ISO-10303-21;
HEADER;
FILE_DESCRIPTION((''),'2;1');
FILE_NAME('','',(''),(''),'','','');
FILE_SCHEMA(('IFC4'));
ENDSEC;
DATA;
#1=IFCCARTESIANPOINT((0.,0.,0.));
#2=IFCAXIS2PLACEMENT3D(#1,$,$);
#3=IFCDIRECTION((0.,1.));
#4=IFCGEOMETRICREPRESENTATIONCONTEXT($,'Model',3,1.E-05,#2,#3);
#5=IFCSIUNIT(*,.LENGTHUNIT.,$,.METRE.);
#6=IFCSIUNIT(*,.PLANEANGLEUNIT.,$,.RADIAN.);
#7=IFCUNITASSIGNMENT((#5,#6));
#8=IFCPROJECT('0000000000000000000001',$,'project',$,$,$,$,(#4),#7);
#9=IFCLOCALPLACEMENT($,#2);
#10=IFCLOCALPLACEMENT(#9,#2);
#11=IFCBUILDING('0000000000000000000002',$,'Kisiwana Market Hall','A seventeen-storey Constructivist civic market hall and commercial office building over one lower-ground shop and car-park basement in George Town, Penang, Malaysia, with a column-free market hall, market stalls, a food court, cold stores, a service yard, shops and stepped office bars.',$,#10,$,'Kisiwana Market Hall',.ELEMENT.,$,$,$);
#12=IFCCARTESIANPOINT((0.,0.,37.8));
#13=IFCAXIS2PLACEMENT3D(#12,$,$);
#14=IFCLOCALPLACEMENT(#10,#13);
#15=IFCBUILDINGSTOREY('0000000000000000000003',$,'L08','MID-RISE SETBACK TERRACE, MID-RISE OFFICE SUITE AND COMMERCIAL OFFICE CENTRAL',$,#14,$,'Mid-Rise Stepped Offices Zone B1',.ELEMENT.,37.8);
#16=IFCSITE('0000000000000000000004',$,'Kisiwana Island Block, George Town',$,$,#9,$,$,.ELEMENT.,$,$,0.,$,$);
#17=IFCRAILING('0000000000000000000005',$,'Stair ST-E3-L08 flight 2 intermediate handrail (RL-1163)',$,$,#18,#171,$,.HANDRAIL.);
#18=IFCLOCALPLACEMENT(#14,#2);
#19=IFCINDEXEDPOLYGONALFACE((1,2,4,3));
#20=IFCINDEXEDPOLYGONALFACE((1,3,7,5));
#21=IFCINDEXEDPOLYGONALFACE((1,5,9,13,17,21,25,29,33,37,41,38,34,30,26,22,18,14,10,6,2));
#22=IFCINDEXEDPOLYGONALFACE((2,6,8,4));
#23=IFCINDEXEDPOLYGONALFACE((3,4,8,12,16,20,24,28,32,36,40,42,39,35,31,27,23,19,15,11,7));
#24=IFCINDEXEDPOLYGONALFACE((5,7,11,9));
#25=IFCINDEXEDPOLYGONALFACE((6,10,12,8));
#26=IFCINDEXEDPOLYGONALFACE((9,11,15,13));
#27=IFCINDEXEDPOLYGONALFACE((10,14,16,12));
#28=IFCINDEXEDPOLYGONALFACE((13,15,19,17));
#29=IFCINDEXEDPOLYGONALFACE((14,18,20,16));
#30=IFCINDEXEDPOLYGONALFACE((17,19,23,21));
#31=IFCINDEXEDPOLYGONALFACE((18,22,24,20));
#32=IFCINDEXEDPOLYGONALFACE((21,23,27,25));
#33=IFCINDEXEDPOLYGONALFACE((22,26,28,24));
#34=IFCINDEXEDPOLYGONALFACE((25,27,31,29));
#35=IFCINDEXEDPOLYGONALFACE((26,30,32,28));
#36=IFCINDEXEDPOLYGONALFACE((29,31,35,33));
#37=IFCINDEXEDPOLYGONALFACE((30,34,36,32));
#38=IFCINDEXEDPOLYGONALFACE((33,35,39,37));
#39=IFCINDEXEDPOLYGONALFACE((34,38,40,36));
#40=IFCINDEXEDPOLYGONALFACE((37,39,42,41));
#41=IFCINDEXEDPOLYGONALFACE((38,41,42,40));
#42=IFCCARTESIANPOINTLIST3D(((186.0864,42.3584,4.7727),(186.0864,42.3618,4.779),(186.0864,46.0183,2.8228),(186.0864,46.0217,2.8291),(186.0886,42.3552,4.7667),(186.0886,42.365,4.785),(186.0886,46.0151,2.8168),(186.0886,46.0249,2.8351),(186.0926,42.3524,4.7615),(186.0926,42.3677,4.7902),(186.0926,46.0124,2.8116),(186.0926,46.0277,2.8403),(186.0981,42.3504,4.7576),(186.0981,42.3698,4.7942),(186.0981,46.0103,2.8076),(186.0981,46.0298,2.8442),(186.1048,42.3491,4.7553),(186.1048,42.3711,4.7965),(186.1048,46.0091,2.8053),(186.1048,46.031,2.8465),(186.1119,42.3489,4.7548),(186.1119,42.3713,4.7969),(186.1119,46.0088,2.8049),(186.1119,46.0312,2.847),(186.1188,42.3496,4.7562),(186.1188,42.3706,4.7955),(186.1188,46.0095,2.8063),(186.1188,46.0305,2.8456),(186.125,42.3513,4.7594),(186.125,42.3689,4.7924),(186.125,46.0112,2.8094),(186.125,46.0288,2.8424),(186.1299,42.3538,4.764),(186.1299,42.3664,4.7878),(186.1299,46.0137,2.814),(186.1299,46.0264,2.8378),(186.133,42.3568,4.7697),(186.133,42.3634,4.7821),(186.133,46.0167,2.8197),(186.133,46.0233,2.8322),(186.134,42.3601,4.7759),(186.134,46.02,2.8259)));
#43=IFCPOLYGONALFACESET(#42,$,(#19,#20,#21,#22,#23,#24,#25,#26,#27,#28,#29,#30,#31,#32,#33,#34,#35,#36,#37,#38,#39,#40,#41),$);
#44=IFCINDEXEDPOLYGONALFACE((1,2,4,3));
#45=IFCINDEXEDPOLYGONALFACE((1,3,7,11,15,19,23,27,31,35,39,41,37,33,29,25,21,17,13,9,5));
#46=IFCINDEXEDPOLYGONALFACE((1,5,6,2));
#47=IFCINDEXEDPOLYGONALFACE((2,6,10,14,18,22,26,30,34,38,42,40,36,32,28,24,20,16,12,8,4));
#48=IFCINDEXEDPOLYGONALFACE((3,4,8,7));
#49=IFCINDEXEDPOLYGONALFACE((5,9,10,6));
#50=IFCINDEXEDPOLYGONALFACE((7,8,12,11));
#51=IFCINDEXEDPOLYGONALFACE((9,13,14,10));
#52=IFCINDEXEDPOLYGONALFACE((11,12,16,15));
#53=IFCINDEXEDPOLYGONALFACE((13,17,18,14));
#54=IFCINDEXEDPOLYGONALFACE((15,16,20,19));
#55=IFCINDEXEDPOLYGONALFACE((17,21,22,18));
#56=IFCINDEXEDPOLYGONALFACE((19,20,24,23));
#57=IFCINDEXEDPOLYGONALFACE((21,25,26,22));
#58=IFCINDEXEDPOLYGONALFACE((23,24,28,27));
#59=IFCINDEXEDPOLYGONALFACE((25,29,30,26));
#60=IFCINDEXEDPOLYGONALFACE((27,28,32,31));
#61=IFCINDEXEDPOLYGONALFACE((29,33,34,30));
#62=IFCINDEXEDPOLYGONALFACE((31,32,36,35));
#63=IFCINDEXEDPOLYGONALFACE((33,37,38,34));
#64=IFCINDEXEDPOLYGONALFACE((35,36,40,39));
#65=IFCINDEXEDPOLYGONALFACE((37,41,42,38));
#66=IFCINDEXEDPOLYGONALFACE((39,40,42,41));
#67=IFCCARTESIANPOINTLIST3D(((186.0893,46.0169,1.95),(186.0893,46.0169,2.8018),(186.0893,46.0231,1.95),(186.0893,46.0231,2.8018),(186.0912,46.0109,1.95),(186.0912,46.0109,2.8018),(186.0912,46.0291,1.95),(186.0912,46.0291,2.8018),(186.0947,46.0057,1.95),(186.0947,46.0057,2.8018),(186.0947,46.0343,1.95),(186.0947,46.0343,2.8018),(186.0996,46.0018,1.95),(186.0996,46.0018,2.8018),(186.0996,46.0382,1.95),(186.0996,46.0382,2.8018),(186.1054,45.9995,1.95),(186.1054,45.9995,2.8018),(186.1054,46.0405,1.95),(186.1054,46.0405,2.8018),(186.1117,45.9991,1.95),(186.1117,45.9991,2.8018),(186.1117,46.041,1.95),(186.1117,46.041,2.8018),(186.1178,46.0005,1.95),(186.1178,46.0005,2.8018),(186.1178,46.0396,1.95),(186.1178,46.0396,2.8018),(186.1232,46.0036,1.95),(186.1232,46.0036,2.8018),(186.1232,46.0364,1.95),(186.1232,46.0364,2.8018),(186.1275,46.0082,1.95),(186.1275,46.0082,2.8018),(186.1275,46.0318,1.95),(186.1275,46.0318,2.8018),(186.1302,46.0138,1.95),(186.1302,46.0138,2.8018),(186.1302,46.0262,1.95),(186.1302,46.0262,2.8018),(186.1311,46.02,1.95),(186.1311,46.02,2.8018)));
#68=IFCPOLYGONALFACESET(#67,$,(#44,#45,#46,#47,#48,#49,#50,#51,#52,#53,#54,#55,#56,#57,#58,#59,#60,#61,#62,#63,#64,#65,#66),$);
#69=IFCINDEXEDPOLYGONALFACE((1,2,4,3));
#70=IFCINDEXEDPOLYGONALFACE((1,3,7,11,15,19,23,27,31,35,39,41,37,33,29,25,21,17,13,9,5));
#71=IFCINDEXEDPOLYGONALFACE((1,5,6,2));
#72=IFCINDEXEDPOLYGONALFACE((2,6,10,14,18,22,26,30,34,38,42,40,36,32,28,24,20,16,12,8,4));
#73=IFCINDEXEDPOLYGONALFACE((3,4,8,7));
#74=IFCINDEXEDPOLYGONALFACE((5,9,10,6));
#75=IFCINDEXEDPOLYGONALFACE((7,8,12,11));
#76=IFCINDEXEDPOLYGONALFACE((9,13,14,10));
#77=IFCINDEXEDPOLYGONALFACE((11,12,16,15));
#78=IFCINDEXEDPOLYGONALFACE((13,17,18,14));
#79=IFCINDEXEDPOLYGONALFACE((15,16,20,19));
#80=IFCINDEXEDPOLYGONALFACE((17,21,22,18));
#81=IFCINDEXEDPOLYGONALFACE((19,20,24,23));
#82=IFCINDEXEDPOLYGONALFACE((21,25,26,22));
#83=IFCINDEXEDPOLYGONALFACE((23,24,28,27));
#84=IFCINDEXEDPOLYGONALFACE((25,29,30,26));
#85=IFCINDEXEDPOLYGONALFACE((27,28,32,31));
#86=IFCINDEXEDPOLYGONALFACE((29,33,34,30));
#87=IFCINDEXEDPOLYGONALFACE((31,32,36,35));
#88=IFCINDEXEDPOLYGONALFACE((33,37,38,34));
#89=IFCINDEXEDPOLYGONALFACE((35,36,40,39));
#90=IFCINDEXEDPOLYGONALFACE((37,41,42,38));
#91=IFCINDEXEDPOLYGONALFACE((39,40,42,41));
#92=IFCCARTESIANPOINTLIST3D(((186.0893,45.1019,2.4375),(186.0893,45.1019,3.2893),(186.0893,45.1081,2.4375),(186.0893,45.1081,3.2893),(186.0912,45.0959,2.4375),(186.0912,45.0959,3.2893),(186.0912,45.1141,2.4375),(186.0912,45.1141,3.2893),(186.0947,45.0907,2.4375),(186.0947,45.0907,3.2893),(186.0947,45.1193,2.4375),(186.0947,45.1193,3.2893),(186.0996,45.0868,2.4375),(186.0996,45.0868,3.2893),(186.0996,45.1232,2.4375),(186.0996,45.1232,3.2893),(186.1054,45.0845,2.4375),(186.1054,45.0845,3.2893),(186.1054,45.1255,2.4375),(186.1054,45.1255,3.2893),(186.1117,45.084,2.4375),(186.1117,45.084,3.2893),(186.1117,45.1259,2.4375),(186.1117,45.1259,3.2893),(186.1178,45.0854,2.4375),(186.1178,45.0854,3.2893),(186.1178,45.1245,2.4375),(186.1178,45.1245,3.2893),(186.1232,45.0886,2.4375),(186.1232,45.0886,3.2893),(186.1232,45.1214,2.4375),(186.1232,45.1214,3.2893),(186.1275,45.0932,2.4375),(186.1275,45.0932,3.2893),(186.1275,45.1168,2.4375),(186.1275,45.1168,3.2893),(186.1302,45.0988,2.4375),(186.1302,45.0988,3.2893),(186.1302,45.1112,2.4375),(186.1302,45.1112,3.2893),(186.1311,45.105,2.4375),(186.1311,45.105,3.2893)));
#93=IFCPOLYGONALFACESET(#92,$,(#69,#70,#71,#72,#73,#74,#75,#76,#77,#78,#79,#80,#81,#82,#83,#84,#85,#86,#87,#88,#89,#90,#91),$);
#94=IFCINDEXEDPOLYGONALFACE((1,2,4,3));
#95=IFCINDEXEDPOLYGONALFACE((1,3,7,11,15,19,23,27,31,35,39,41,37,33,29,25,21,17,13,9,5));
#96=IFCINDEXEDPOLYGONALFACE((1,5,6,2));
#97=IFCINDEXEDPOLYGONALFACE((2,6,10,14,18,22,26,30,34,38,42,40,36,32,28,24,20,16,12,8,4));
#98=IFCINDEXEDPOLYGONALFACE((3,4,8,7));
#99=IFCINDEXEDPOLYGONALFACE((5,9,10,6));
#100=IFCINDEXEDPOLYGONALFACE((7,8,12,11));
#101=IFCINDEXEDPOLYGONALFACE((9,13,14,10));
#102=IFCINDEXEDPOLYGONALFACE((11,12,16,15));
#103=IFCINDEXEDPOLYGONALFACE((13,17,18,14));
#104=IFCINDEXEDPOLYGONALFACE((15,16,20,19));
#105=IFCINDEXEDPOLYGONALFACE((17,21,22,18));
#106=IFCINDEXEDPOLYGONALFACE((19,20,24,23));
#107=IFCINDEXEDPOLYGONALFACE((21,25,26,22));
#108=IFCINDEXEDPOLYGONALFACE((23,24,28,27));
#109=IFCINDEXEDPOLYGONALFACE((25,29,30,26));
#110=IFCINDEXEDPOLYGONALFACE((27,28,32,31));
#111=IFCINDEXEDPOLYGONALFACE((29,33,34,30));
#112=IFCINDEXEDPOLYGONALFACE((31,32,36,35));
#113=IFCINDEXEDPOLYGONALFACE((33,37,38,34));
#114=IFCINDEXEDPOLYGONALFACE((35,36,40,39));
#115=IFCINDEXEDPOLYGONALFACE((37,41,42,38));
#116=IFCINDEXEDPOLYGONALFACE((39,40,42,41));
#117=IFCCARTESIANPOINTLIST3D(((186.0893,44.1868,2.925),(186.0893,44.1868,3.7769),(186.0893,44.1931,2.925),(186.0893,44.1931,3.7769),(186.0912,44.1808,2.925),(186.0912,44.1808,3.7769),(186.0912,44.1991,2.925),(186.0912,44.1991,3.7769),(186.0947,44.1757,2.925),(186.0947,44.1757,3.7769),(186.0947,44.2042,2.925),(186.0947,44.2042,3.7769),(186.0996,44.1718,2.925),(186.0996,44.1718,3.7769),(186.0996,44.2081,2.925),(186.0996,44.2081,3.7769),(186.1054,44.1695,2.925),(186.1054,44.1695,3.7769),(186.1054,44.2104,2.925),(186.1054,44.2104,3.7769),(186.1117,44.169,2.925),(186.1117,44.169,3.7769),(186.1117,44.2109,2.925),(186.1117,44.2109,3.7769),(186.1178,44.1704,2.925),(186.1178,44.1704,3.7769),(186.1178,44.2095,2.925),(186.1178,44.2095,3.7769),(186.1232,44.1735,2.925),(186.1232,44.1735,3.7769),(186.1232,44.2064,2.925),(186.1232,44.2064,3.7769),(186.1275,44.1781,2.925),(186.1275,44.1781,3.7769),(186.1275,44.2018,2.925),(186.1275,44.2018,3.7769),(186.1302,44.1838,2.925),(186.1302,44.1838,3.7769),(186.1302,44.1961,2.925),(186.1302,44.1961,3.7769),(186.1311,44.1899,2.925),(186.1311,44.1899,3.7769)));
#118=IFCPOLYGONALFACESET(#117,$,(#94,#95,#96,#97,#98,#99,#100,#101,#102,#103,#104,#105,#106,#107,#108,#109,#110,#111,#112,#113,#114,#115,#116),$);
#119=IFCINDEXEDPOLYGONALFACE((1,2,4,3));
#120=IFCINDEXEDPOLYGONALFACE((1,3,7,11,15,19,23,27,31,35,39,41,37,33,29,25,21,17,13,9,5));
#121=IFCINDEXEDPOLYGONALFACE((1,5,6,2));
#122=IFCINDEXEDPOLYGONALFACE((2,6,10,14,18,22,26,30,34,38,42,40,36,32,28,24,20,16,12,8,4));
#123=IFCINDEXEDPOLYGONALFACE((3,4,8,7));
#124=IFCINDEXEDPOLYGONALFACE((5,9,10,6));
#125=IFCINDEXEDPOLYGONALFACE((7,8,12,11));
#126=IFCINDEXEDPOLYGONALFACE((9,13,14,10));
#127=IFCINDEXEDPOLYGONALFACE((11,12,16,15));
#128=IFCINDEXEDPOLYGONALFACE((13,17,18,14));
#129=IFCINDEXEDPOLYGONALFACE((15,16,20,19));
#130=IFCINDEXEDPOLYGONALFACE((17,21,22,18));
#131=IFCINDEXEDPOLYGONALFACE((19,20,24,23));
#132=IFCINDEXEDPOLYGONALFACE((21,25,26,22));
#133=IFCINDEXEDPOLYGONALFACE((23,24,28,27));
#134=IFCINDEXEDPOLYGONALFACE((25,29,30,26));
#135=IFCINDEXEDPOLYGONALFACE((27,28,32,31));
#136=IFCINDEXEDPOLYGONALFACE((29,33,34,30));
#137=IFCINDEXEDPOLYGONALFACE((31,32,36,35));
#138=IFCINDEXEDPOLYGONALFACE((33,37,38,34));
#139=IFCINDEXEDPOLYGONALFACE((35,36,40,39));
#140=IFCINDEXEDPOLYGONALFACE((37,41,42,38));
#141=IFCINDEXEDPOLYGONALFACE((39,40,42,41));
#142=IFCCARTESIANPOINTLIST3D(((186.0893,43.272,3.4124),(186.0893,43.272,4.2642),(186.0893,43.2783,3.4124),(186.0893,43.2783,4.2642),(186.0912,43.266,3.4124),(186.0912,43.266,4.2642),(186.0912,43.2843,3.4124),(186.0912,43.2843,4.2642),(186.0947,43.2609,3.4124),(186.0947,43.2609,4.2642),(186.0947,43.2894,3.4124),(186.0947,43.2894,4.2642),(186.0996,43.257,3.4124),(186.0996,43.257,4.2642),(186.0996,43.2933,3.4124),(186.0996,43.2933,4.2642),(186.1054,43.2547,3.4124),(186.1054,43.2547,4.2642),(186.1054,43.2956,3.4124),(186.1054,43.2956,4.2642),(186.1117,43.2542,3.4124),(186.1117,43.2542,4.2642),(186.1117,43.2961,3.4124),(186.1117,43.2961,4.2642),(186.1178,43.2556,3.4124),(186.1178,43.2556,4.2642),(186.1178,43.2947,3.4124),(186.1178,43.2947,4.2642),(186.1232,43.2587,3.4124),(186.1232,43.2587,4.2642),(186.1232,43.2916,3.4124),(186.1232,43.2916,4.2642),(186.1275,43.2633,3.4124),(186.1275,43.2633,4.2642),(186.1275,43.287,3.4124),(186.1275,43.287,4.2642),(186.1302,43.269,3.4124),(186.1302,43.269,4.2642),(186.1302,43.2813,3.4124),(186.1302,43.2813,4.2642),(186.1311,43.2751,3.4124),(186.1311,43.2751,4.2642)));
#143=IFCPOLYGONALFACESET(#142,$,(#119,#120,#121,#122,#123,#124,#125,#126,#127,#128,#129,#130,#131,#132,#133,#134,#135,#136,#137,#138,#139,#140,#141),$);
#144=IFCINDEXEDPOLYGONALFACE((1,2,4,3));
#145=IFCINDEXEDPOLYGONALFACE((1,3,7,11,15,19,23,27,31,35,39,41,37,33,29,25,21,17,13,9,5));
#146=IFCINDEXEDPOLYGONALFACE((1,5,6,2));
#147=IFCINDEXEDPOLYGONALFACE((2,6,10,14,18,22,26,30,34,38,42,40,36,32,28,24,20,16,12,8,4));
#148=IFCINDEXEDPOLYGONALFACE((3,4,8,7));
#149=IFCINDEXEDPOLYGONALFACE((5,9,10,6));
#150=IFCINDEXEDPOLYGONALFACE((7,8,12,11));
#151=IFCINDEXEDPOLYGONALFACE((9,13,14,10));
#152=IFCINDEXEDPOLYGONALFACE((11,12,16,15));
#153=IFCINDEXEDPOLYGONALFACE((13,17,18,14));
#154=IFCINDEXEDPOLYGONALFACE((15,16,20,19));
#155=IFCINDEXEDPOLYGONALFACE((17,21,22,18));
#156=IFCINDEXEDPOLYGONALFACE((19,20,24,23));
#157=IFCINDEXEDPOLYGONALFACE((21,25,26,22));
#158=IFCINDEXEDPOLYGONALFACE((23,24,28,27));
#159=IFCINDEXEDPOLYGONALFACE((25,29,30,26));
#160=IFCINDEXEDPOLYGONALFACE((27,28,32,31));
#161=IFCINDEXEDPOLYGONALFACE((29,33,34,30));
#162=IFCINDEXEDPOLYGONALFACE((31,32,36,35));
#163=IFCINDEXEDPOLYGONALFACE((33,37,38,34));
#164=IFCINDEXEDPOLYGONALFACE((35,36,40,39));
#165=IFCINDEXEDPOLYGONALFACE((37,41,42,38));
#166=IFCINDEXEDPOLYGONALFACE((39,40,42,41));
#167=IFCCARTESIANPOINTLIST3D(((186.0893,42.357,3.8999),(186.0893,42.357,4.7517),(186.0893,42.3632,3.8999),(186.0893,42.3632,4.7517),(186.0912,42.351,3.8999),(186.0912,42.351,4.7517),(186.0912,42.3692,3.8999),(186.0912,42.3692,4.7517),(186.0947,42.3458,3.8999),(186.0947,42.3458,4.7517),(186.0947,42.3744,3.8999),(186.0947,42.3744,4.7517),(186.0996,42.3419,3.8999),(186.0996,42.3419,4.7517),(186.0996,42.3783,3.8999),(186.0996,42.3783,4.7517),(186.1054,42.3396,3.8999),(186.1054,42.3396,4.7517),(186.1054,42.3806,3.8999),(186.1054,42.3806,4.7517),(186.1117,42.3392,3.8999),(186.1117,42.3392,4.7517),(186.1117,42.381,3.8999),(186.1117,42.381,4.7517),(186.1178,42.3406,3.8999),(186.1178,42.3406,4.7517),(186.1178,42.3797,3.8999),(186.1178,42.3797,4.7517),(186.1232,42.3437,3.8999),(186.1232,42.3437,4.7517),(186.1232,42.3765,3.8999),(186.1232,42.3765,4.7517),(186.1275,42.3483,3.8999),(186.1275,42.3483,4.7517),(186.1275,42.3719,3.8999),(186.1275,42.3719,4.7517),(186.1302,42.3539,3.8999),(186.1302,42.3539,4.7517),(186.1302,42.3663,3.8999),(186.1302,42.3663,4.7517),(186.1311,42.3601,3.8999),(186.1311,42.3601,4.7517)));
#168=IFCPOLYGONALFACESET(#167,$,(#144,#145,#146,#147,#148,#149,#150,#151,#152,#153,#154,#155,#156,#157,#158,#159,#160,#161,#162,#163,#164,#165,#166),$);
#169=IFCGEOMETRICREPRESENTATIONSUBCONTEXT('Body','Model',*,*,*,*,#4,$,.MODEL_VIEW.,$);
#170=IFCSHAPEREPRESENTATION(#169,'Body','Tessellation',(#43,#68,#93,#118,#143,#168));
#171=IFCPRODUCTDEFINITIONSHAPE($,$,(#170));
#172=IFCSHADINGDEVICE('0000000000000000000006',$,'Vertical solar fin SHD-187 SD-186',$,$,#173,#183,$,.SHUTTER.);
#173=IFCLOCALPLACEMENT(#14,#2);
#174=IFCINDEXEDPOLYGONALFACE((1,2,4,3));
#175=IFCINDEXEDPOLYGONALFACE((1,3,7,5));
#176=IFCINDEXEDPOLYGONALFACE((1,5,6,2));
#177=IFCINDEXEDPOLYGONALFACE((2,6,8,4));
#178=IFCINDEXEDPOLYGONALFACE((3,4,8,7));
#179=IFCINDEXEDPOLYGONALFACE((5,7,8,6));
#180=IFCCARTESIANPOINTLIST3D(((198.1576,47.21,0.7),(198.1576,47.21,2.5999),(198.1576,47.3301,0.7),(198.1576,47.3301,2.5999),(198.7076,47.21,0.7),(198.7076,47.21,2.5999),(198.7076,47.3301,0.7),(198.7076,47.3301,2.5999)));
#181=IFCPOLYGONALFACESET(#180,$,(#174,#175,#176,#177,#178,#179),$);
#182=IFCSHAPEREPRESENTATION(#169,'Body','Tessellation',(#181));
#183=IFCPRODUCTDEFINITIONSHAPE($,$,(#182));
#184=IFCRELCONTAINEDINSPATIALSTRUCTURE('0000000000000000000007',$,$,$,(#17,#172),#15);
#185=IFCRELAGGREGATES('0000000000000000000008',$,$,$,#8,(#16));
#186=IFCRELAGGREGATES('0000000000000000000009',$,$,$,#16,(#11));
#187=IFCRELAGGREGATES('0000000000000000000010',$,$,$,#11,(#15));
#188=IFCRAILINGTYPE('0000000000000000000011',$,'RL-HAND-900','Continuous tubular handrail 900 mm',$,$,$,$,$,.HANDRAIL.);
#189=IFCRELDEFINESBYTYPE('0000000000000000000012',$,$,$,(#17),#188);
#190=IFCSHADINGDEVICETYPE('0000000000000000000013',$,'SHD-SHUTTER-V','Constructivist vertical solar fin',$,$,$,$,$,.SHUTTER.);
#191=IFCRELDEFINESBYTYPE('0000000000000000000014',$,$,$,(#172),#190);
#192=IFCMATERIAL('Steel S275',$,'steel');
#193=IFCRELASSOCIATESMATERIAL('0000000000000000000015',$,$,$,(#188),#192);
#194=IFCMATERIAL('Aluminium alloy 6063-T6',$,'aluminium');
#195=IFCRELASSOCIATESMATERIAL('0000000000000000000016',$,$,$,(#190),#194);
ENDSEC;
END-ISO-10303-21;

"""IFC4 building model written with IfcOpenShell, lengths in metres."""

from ifc_helpers import new_model, si_unit, direction, frame, origin, origin_2d, place, context, subcontext, project, spatial, rectangle, circle, extrude, material, type_object, element, save


model = new_model("IFC4")

# Units and contexts
model_context = context("Model", 3, precision=1e-05, world=origin(), true_north=direction((0.0, 1.0)))
body_context = subcontext(model_context, "Body", "Model", "MODEL_VIEW")
ifc_project = project(units=[si_unit("LENGTHUNIT", "METRE"), si_unit("PLANEANGLEUNIT", "RADIAN")], contexts=[model_context])

# Site, building, storey
site_placement = place(None, origin())
site = spatial("IfcSite", under=ifc_project, at=site_placement, Name="Kisiwana Island Block, George Town", CompositionType="ELEMENT", RefElevation=0.0)
building_placement = place(site_placement, origin())
building = spatial("IfcBuilding", under=site, at=building_placement, Name="Kisiwana Market Hall", Description="A seventeen-storey Constructivist civic market hall and commercial office building over one lower-ground shop and car-park basement in George Town, Penang, Malaysia, with a column-free market hall, market stalls, a food court, cold stores, a service yard, shops and stepped office bars.", LongName="Kisiwana Market Hall", CompositionType="ELEMENT")
storey_placement = place(building_placement, frame((0.0, 0.0, 37.8)))
storey = spatial("IfcBuildingStorey", under=building, at=storey_placement, Name="L08", Description="MID-RISE SETBACK TERRACE, MID-RISE OFFICE SUITE AND COMMERCIAL OFFICE CENTRAL", LongName="Mid-Rise Stepped Offices Zone B1", CompositionType="ELEMENT", Elevation=37.8)

# Railing
ifc_material_1 = material(Name="Steel S275", Category="steel")
railing_type_1 = type_object("IfcRailingType", Name="RL-HAND-900", Description="Continuous tubular handrail 900 mm", PredefinedType="HANDRAIL", material=ifc_material_1)
railing_1_placement = place(storey_placement, frame((186.1101, 46.02, 1.95)))
element("IfcRailing", 1, at=railing_1_placement, inside=storey, type_object=railing_type_1, Name="Stair ST-E3-L08 flight 2 intermediate handrail (RL-1163)", PredefinedType="HANDRAIL", context=body_context, shape_type="SweptSolid", body=[
    extrude(circle(Radius=0.0239, at=origin_2d()), frame((0.0, 0.0, 0.876), z_axis=(0.0, -0.882553, 0.470212), x_axis=(1.0, 0.0, 0.0)), (0.0, 0.0, 1.0), 4.147),
    extrude(circle(Radius=0.021, at=origin_2d()), origin(), (0.0, 0.0, 1.0), 0.8518),
    extrude(circle(Radius=0.021, at=origin_2d()), frame((0.0, -0.915, 0.4875)), (0.0, 0.0, 1.0), 0.8518),
    extrude(circle(Radius=0.021, at=origin_2d()), frame((0.0, -1.8301, 0.9751)), (0.0, 0.0, 1.0), 0.8518),
    extrude(circle(Radius=0.021, at=origin_2d()), frame((0.0, -2.7449, 1.4624)), (0.0, 0.0, 1.0), 0.8518),
    extrude(circle(Radius=0.021, at=origin_2d()), frame((0.0, -3.6599, 1.95)), (0.0, 0.0, 1.0), 0.8518),
])

# Shading device
ifc_material_2 = material(Name="Aluminium alloy 6063-T6", Category="aluminium")
shading_device_type = type_object("IfcShadingDeviceType", Name="SHD-SHUTTER-V", Description="Constructivist vertical solar fin", PredefinedType="SHUTTER", material=ifc_material_2)
shading_device_placement = place(storey_placement, frame((198.4326, 47.27, 0.7), z_axis=(0.0, 0.0, 1.0), x_axis=(0.0, 1.0, 0.0)))
element("IfcShadingDevice", 2, at=shading_device_placement, inside=storey, type_object=shading_device_type, Name="Vertical solar fin SHD-187 SD-186", PredefinedType="SHUTTER", context=body_context, shape_type="SweptSolid", body=[
    extrude(rectangle(XDim=0.1201, YDim=0.55, at=origin_2d()), origin(), (0.0, 0.0, 1.0), 1.8999),
])

save(model, "model.ifc")
